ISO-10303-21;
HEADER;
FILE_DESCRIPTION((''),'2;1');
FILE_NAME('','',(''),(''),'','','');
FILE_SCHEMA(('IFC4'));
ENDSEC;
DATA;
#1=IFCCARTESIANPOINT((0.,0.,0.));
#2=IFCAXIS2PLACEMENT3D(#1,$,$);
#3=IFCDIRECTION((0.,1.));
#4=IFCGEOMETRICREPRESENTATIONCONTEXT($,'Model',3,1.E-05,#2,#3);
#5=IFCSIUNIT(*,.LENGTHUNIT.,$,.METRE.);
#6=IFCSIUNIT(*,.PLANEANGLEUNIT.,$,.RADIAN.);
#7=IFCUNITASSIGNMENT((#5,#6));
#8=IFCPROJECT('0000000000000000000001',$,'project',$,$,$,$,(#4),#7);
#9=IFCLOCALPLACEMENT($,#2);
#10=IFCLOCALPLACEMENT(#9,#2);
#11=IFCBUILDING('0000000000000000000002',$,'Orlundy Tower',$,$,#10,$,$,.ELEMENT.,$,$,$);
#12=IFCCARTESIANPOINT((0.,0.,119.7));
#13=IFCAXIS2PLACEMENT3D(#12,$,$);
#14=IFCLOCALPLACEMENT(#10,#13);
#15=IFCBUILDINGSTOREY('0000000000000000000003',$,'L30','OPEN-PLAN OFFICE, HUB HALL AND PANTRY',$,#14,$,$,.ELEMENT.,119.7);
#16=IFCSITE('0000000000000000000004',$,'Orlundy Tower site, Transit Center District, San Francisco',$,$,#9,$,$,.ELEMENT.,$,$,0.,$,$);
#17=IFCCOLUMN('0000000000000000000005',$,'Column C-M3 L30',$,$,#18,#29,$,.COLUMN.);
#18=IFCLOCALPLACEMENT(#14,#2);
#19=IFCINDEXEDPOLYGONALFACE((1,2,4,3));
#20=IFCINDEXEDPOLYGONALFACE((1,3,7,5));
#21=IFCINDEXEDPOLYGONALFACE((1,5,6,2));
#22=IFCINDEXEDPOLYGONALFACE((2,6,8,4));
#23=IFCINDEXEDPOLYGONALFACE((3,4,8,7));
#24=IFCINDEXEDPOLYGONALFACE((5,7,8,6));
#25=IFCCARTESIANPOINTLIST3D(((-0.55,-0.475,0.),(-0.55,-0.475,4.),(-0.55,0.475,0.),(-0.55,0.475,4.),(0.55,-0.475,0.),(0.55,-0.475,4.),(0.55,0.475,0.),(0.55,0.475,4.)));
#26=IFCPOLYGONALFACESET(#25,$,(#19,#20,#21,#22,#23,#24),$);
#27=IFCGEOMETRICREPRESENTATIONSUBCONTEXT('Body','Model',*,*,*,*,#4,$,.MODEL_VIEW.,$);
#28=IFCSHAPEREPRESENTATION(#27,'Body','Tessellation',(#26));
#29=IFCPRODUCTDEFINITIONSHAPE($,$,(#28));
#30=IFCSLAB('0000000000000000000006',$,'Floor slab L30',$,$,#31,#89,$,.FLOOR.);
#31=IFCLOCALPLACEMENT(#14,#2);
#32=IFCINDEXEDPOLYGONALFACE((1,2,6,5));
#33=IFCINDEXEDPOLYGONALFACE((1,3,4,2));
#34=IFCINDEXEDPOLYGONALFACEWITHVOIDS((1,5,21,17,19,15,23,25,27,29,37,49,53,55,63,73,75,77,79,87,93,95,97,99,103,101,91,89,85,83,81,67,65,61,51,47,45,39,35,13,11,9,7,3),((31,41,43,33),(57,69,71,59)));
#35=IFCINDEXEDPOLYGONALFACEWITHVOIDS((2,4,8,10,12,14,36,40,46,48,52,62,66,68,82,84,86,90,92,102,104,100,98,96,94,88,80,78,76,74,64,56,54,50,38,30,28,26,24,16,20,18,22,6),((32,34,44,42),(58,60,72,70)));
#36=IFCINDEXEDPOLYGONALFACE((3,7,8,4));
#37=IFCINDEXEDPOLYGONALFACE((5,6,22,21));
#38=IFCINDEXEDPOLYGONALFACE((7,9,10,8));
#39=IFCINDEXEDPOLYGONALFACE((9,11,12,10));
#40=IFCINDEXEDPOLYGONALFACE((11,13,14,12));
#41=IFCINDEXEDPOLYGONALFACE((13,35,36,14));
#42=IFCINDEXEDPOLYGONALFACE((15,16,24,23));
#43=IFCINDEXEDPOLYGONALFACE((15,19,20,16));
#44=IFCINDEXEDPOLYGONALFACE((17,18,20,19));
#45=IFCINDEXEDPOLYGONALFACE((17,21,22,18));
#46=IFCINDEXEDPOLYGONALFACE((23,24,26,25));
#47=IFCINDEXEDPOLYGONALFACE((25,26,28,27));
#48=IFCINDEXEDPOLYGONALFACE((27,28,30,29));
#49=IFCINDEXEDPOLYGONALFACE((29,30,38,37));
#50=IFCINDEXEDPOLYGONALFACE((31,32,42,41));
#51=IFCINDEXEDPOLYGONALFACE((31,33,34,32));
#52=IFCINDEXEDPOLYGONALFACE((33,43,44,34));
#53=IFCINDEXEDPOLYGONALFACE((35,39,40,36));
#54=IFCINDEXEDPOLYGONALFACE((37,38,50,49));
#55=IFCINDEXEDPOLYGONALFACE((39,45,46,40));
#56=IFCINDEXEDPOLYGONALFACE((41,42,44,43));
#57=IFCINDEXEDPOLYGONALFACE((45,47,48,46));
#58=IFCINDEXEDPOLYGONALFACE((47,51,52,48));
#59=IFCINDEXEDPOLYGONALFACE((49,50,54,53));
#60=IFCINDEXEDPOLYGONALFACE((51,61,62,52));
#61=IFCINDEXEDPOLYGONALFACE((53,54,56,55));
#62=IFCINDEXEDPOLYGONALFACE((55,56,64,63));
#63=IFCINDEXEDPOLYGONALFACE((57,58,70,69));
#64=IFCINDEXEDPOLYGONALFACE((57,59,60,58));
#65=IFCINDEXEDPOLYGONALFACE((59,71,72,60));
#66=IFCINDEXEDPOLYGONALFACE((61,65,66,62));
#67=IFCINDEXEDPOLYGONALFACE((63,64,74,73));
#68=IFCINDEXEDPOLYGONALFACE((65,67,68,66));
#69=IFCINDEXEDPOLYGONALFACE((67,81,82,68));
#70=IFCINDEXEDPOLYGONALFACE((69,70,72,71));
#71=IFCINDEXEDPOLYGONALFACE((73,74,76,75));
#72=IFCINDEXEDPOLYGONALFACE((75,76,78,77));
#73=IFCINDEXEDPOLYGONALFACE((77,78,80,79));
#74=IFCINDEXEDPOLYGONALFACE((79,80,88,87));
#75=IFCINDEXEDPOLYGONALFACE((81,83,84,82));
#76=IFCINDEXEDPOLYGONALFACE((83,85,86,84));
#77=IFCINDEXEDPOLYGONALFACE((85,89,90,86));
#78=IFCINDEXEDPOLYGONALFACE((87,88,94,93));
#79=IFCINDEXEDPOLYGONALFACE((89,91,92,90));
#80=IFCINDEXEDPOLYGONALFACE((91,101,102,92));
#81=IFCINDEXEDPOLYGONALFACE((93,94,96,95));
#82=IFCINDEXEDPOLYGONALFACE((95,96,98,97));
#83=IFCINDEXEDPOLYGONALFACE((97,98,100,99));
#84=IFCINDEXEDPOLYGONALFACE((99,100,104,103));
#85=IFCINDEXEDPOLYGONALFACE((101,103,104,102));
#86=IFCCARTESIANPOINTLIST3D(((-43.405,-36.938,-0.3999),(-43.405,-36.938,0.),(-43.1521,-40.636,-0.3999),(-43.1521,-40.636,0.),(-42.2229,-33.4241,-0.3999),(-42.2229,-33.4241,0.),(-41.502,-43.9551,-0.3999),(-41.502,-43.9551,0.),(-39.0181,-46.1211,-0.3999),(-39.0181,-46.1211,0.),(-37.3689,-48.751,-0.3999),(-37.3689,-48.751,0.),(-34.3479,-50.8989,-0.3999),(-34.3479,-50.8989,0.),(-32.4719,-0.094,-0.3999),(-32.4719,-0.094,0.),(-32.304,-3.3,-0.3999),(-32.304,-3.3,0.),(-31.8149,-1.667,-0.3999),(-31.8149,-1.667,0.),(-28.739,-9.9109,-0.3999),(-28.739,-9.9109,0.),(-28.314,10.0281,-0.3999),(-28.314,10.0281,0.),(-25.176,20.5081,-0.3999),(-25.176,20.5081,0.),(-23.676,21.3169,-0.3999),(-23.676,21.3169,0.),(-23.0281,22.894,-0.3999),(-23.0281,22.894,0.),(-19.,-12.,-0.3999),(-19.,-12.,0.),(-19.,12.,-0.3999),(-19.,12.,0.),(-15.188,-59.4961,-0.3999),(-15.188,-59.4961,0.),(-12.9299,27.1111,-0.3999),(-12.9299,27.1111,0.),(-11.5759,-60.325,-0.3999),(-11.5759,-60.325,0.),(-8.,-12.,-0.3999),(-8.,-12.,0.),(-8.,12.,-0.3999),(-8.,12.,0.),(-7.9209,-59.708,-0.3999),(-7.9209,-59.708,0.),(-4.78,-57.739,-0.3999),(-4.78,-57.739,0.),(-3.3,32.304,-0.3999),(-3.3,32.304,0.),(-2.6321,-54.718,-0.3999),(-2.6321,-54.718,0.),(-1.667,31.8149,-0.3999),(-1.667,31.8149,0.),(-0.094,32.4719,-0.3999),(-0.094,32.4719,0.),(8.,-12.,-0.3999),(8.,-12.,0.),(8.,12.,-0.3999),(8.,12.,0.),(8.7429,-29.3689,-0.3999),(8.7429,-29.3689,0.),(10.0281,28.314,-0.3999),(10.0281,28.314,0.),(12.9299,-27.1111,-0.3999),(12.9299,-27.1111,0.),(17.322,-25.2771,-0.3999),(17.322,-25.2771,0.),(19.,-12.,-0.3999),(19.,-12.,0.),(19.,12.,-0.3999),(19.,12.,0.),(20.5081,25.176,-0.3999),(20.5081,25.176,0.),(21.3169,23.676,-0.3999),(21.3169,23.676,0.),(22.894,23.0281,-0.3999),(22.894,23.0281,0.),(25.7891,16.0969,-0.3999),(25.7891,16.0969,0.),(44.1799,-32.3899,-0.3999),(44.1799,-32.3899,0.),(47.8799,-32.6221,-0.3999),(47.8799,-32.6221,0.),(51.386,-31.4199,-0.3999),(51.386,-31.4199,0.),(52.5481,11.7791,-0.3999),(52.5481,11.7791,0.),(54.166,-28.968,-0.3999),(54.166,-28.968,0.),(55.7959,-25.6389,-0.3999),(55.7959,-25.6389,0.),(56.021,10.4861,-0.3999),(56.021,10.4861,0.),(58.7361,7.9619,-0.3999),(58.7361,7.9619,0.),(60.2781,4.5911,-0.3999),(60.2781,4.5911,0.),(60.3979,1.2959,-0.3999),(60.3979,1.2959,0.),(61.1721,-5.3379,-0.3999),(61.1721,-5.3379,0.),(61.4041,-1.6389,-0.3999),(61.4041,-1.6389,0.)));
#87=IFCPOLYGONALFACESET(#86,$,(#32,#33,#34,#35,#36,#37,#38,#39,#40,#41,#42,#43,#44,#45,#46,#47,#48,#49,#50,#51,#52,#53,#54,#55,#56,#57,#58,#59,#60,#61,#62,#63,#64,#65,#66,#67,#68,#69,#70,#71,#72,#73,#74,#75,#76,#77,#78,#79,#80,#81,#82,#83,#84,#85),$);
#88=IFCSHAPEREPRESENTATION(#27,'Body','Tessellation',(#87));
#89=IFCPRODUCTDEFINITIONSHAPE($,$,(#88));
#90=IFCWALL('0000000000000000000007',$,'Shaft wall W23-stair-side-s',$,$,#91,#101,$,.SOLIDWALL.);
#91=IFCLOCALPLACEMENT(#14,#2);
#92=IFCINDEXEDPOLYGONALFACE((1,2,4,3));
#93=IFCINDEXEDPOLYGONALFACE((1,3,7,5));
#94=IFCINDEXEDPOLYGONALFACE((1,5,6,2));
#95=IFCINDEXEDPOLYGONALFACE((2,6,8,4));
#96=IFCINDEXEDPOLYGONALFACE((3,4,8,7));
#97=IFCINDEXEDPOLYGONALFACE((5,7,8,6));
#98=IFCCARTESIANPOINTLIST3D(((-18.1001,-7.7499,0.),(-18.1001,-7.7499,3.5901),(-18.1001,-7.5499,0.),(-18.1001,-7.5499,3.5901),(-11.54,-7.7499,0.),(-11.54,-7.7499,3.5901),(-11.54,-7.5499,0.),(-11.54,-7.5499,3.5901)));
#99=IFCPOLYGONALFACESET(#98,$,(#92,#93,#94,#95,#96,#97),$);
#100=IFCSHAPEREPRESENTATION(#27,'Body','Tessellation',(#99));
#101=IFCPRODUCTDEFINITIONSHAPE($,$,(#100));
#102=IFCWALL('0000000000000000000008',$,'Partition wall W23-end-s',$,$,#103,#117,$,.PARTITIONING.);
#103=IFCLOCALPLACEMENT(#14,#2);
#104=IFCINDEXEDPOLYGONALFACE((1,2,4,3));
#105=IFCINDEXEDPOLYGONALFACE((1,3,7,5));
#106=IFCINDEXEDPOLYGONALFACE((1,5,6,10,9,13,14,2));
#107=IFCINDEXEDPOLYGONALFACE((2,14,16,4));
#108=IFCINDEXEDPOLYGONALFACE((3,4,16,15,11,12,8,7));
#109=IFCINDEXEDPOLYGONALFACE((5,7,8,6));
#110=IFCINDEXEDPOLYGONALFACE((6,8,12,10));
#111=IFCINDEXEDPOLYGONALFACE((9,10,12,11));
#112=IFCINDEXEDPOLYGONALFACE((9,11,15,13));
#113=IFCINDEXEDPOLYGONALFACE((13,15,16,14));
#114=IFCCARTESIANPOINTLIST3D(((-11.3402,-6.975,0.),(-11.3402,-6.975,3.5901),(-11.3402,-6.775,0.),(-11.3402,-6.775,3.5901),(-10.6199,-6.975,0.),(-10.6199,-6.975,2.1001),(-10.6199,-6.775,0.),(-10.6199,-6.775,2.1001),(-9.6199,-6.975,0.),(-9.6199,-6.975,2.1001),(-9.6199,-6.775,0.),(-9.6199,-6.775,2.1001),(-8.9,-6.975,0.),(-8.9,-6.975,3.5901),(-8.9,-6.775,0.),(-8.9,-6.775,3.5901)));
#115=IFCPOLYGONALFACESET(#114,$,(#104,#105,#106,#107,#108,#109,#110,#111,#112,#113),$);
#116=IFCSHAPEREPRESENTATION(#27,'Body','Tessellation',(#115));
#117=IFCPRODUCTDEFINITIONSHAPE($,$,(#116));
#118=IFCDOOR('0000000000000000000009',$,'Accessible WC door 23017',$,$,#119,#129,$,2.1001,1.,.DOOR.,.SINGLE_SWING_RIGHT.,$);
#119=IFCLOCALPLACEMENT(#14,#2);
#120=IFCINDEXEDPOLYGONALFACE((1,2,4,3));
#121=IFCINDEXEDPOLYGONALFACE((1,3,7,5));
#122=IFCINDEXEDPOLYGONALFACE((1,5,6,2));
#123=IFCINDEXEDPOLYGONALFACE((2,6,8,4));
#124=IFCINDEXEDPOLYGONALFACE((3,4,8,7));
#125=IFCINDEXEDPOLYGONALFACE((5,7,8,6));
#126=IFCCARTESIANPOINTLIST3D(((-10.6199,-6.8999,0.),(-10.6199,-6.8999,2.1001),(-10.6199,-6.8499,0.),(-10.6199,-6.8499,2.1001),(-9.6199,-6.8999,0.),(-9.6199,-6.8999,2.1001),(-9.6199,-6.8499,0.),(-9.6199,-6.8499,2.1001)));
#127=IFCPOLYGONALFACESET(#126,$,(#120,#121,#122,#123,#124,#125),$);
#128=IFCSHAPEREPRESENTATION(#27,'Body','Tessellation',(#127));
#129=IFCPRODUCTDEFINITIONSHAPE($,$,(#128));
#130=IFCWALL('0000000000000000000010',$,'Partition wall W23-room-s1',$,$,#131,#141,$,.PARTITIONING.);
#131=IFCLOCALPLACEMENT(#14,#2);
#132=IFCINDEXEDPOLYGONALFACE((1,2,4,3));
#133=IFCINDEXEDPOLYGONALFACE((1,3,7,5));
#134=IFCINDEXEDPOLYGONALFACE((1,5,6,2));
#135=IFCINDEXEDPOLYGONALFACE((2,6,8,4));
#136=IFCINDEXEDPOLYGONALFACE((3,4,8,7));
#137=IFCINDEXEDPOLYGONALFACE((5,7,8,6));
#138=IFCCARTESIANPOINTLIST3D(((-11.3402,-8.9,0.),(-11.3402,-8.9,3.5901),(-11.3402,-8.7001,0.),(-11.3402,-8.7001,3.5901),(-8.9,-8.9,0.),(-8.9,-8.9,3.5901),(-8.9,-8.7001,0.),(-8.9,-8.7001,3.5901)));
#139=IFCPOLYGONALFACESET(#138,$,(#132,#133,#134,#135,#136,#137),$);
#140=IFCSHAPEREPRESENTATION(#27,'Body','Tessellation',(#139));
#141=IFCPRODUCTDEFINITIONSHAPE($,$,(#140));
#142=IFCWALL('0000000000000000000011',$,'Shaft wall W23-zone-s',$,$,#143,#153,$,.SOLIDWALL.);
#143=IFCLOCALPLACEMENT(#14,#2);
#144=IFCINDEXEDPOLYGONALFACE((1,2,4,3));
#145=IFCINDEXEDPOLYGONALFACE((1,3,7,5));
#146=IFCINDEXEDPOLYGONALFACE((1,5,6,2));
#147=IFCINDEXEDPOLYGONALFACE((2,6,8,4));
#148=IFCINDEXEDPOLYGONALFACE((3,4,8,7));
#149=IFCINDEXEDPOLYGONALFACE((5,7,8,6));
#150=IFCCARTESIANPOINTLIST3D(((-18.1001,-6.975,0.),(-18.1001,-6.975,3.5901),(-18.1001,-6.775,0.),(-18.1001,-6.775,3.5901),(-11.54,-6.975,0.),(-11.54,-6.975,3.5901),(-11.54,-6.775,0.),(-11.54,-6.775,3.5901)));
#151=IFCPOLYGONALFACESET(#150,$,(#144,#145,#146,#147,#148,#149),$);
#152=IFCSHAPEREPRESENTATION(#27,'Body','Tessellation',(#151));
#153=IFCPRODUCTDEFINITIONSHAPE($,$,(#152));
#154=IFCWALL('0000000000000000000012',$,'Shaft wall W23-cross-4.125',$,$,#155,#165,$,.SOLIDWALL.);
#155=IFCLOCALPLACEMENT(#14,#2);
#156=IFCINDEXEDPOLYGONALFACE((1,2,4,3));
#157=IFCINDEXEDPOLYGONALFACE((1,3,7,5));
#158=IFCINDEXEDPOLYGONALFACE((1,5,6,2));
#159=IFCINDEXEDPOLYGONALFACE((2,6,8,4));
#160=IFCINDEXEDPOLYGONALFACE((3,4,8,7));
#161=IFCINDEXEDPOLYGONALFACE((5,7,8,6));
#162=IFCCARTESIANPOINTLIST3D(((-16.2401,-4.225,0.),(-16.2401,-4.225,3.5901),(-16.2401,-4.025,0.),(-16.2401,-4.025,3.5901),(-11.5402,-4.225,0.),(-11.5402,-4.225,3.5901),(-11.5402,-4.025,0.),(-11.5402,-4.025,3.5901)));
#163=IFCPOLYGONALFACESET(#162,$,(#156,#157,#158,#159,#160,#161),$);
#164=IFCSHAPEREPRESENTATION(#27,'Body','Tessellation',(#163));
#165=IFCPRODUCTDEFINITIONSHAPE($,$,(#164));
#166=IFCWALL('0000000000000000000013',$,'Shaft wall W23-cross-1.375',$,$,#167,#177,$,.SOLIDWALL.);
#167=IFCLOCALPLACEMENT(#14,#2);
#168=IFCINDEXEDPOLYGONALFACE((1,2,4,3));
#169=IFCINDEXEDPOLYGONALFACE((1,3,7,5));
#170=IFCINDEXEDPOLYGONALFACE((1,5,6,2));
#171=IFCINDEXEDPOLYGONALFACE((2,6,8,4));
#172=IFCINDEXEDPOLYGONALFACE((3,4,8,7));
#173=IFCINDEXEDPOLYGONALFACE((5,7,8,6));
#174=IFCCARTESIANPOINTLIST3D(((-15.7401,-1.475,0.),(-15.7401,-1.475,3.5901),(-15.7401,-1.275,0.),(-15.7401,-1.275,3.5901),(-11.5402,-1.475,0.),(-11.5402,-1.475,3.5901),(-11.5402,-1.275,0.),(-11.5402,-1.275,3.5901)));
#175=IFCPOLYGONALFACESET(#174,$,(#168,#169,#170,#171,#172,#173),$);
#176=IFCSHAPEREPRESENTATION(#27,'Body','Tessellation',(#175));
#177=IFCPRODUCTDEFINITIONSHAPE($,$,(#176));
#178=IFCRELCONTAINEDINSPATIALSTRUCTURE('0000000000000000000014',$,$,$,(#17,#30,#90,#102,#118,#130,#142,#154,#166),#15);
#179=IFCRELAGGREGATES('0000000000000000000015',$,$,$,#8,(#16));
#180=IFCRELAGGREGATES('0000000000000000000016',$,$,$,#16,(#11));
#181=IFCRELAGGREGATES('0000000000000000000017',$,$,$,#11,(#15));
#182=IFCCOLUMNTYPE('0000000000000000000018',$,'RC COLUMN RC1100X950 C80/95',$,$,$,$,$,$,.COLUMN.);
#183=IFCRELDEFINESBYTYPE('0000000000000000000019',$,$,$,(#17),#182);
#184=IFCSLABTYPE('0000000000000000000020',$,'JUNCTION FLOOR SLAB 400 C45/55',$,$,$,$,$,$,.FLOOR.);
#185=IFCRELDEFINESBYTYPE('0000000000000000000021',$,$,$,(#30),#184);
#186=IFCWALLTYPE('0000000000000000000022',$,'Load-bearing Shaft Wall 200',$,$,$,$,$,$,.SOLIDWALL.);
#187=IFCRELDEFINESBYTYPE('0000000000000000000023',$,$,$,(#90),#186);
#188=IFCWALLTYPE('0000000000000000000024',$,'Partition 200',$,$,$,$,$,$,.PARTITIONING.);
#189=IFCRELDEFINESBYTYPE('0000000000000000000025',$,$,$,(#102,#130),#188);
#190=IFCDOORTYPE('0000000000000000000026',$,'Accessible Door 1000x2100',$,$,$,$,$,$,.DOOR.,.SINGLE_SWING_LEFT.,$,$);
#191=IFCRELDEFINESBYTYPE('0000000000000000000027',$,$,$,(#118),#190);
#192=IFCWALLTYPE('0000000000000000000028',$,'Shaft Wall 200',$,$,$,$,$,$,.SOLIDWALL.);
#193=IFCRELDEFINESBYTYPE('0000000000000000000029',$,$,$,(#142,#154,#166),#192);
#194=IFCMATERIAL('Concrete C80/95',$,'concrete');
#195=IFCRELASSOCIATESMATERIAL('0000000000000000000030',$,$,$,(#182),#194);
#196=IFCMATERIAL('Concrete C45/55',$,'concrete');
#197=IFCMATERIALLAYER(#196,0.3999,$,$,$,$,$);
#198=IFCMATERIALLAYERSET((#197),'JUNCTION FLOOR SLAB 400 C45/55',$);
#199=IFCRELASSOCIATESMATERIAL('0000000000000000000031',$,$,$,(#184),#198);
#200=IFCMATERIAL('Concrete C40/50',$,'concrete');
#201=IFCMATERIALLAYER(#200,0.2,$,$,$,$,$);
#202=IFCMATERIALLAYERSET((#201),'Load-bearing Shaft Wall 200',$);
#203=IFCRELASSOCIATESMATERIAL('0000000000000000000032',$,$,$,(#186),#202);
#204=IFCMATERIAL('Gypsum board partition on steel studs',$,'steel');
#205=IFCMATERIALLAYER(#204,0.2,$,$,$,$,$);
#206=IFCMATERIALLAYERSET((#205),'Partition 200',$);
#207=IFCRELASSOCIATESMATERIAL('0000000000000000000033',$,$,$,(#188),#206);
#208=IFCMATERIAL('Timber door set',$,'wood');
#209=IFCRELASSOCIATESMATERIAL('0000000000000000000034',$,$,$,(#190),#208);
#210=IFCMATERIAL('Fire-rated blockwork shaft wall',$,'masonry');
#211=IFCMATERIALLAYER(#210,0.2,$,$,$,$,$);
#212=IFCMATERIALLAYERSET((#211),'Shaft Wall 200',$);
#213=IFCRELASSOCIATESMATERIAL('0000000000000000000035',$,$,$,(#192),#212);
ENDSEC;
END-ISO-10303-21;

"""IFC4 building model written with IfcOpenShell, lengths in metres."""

from ifc_helpers import new_model, si_unit, direction, frame, frame_2d, origin, origin_with_axes, origin_2d, place, context, subcontext, project, spatial, polyline, rectangle, outline, extrude, material, layer, layer_set, material_profile, profile_set, type_object, element, fill, save


model = new_model("IFC4")

# Units and contexts
model_context = context("Model", 3, precision=1e-05, world=origin(), true_north=direction((0.0, 1.0)))
body_context = subcontext(model_context, "Body", "Model", "MODEL_VIEW")
ifc_project = project(units=[si_unit("LENGTHUNIT", "METRE"), si_unit("PLANEANGLEUNIT", "RADIAN")], contexts=[model_context])

# Site, building, storey
site_placement = place(None, origin())
site = spatial("IfcSite", under=ifc_project, at=site_placement, Name="Orlundy Tower site, Transit Center District, San Francisco", CompositionType="ELEMENT", RefElevation=0.0)
building_placement = place(site_placement, origin())
building = spatial("IfcBuilding", under=site, at=building_placement, Name="Orlundy Tower", CompositionType="ELEMENT")
storey_placement = place(building_placement, frame((0.0, 0.0, 119.7)))
storey = spatial("IfcBuildingStorey", under=building, at=storey_placement, Name="L30", Description="OPEN-PLAN OFFICE, HUB HALL AND PANTRY", CompositionType="ELEMENT", Elevation=119.7)

# Column
ifc_material_1 = material(Name="Concrete C80/95", Category="concrete")
ifc_material_profile = material_profile(ifc_material_1, rectangle(XDim=1.1001, YDim=0.95, at=origin_2d()), Name="RC1100X950")
ifc_profile_set = profile_set([ifc_material_profile], Name="Concrete C80/95")
column_type = type_object("IfcColumnType", Name="RC COLUMN RC1100X950 C80/95", PredefinedType="COLUMN", material=ifc_profile_set)
column_placement = place(storey_placement, origin_with_axes())
element("IfcColumn", 1, at=column_placement, inside=storey, type_object=column_type, Name="Column C-M3 L30", PredefinedType="COLUMN", context=body_context, shape_type="SweptSolid", body=[
    extrude(rectangle(XDim=1.1001, YDim=0.95, at=origin_2d()), origin(), (0.0, 0.0, 1.0), 4.0),
])

# Slab
ifc_material_2 = material(Name="Concrete C45/55", Category="concrete")
ifc_layer_1 = layer(ifc_material_2, 0.3999)
ifc_layer_set_1 = layer_set([ifc_layer_1], Name="JUNCTION FLOOR SLAB 400 C45/55")
slab_type = type_object("IfcSlabType", Name="JUNCTION FLOOR SLAB 400 C45/55", PredefinedType="FLOOR", material=ifc_layer_set_1)
slab_placement = place(storey_placement, frame((0.0, 0.0, -0.3999)))
element("IfcSlab", 2, at=slab_placement, inside=storey, type_object=slab_type, Name="Floor slab L30", PredefinedType="FLOOR", context=body_context, shape_type="SweptSolid", body=[
    extrude(outline(polyline([(-31.8149, -1.667), (-32.4719, -0.094), (-28.314, 10.0281), (-25.176, 20.5081), (-23.676, 21.3169), (-23.0281, 22.894), (-12.9299, 27.1111), (-3.3, 32.304), (-1.667, 31.8149), (-0.094, 32.4719), (10.0281, 28.314), (20.5081, 25.176), (21.3169, 23.676), (22.894, 23.0281), (25.7891, 16.0969), (52.5481, 11.7791), (56.021, 10.4861), (58.7361, 7.9619), (60.2781, 4.5911), (60.3979, 1.2959), (61.4041, -1.6389), (61.1721, -5.3379), (55.7959, -25.6389), (54.166, -28.968), (51.386, -31.4199), (47.8799, -32.6221), (44.1799, -32.3899), (17.322, -25.2771), (12.9299, -27.1111), (8.7429, -29.3689), (-2.6321, -54.718), (-4.78, -57.739), (-7.9209, -59.708), (-11.5759, -60.325), (-15.188, -59.4961), (-34.3479, -50.8989), (-37.3689, -48.751), (-39.0181, -46.1211), (-41.502, -43.9551), (-43.1521, -40.636), (-43.405, -36.938), (-42.2229, -33.4241), (-28.739, -9.9109), (-32.304, -3.3), (-31.8149, -1.667)]), holes=[polyline([(-8.0, -12.0), (-8.0, 12.0), (-19.0, 12.0), (-19.0, -12.0), (-8.0, -12.0)]), polyline([(19.0, -12.0), (19.0, 12.0), (8.0, 12.0), (8.0, -12.0), (19.0, -12.0)])]), origin(), (0.0, 0.0, 1.0), 0.3999),
])

# Wall
ifc_material_3 = material(Name="Concrete C40/50", Category="concrete")
ifc_layer_2 = layer(ifc_material_3, 0.2)
ifc_layer_set_2 = layer_set([ifc_layer_2], Name="Load-bearing Shaft Wall 200")
wall_type_1 = type_object("IfcWallType", Name="Load-bearing Shaft Wall 200", PredefinedType="SOLIDWALL", material=ifc_layer_set_2)
wall_1_placement = place(storey_placement, frame((-11.54, -7.6499, 0.0), z_axis=(0.0, 0.0, 1.0), x_axis=(-1.0, 0.0, 0.0)))
element("IfcWall", 3, at=wall_1_placement, inside=storey, type_object=wall_type_1, Name="Shaft wall W23-stair-side-s", PredefinedType="SOLIDWALL", context=body_context, shape_type="SweptSolid", body=[
    extrude(rectangle(XDim=6.5601, YDim=0.2, at=frame_2d((3.28, 0.0))), origin(), (0.0, 0.0, 1.0), 3.5901),
])

# Wall, opening, door
ifc_material_4 = material(Name="Gypsum board partition on steel studs", Category="steel")
ifc_layer_3 = layer(ifc_material_4, 0.2)
ifc_layer_set_3 = layer_set([ifc_layer_3], Name="Partition 200")
wall_type_2 = type_object("IfcWallType", Name="Partition 200", PredefinedType="PARTITIONING", material=ifc_layer_set_3)
wall_2_placement = place(storey_placement, frame((-8.8999, -6.875, 0.0), z_axis=(0.0, 0.0, 1.0), x_axis=(-1.0, 0.0, 0.0)))
wall_2 = element("IfcWall", 4, at=wall_2_placement, inside=storey, type_object=wall_type_2, Name="Partition wall W23-end-s", PredefinedType="PARTITIONING", context=body_context, shape_type="SweptSolid", body=[
    extrude(rectangle(XDim=2.4402, YDim=0.2, at=frame_2d((1.2202, 0.0))), origin(), (0.0, 0.0, 1.0), 3.5901),
])
opening_1_placement = place(wall_2_placement, frame((0.72, 0.0, 0.0)))
opening_1 = element("IfcOpeningElement", 5, at=opening_1_placement, cuts=wall_2, PredefinedType="OPENING", context=body_context, shape_type="SweptSolid", body=[
    extrude(rectangle(XDim=1.0, YDim=2.1001, at=frame_2d((0.5, 1.05))), frame((0.0, 0.1101, 0.0), z_axis=(0.0, -1.0, 0.0), x_axis=(1.0, 0.0, 0.0)), (0.0, 0.0, 1.0), 0.2202),
])
ifc_material_5 = material(Name="Timber door set", Category="wood")
door_type_1 = type_object("IfcDoorType", Name="Accessible Door 1000x2100", OperationType="SINGLE_SWING_LEFT", PredefinedType="DOOR", material=ifc_material_5)
door_1_placement = place(opening_1_placement, origin())
door_1 = element("IfcDoor", 6, at=door_1_placement, inside=storey, type_object=door_type_1, Name="Accessible WC door 23017", OperationType="SINGLE_SWING_RIGHT", OverallHeight=2.1001, OverallWidth=1.0, PredefinedType="DOOR", context=body_context, shape_type="SweptSolid", body=[
    extrude(rectangle(XDim=1.0, YDim=2.1001, at=frame_2d((0.5, 1.05))), frame((0.0, 0.0249, 0.0), z_axis=(0.0, -1.0, 0.0), x_axis=(1.0, 0.0, 0.0)), (0.0, 0.0, 1.0), 0.05),
])
fill(opening_1, door_1)

# Walls
wall_3_placement = place(storey_placement, frame((-8.8999, -8.8, 0.0), z_axis=(0.0, 0.0, 1.0), x_axis=(-1.0, 0.0, 0.0)))
element("IfcWall", 7, at=wall_3_placement, inside=storey, type_object=wall_type_2, Name="Partition wall W23-room-s1", PredefinedType="PARTITIONING", context=body_context, shape_type="SweptSolid", body=[
    extrude(rectangle(XDim=2.4402, YDim=0.2, at=frame_2d((1.2202, 0.0))), origin(), (0.0, 0.0, 1.0), 3.5901),
])
ifc_material_6 = material(Name="Fire-rated blockwork shaft wall", Category="masonry")
ifc_layer_4 = layer(ifc_material_6, 0.2)
ifc_layer_set_4 = layer_set([ifc_layer_4], Name="Shaft Wall 200")
wall_type_3 = type_object("IfcWallType", Name="Shaft Wall 200", PredefinedType="SOLIDWALL", material=ifc_layer_set_4)
wall_4_placement = place(storey_placement, frame((-11.54, -6.875, 0.0), z_axis=(0.0, 0.0, 1.0), x_axis=(-1.0, 0.0, 0.0)))
element("IfcWall", 8, at=wall_4_placement, inside=storey, type_object=wall_type_3, Name="Shaft wall W23-zone-s", PredefinedType="SOLIDWALL", context=body_context, shape_type="SweptSolid", body=[
    extrude(rectangle(XDim=6.5601, YDim=0.2, at=frame_2d((3.28, 0.0))), origin(), (0.0, 0.0, 1.0), 3.5901),
])
wall_5_placement = place(storey_placement, frame((-11.54, -4.125, 0.0), z_axis=(0.0, 0.0, 1.0), x_axis=(-1.0, 0.0, 0.0)))
element("IfcWall", 9, at=wall_5_placement, inside=storey, type_object=wall_type_3, Name="Shaft wall W23-cross-4.125", PredefinedType="SOLIDWALL", context=body_context, shape_type="SweptSolid", body=[
    extrude(rectangle(XDim=4.7, YDim=0.2, at=frame_2d((2.3501, 0.0))), origin(), (0.0, 0.0, 1.0), 3.5901),
])
wall_6_placement = place(storey_placement, frame((-11.54, -1.375, 0.0), z_axis=(0.0, 0.0, 1.0), x_axis=(-1.0, 0.0, 0.0)))
element("IfcWall", 10, at=wall_6_placement, inside=storey, type_object=wall_type_3, Name="Shaft wall W23-cross-1.375", PredefinedType="SOLIDWALL", context=body_context, shape_type="SweptSolid", body=[
    extrude(rectangle(XDim=4.2, YDim=0.2, at=frame_2d((2.1001, 0.0))), origin(), (0.0, 0.0, 1.0), 3.5901),
])

save(model, "model.ifc")
